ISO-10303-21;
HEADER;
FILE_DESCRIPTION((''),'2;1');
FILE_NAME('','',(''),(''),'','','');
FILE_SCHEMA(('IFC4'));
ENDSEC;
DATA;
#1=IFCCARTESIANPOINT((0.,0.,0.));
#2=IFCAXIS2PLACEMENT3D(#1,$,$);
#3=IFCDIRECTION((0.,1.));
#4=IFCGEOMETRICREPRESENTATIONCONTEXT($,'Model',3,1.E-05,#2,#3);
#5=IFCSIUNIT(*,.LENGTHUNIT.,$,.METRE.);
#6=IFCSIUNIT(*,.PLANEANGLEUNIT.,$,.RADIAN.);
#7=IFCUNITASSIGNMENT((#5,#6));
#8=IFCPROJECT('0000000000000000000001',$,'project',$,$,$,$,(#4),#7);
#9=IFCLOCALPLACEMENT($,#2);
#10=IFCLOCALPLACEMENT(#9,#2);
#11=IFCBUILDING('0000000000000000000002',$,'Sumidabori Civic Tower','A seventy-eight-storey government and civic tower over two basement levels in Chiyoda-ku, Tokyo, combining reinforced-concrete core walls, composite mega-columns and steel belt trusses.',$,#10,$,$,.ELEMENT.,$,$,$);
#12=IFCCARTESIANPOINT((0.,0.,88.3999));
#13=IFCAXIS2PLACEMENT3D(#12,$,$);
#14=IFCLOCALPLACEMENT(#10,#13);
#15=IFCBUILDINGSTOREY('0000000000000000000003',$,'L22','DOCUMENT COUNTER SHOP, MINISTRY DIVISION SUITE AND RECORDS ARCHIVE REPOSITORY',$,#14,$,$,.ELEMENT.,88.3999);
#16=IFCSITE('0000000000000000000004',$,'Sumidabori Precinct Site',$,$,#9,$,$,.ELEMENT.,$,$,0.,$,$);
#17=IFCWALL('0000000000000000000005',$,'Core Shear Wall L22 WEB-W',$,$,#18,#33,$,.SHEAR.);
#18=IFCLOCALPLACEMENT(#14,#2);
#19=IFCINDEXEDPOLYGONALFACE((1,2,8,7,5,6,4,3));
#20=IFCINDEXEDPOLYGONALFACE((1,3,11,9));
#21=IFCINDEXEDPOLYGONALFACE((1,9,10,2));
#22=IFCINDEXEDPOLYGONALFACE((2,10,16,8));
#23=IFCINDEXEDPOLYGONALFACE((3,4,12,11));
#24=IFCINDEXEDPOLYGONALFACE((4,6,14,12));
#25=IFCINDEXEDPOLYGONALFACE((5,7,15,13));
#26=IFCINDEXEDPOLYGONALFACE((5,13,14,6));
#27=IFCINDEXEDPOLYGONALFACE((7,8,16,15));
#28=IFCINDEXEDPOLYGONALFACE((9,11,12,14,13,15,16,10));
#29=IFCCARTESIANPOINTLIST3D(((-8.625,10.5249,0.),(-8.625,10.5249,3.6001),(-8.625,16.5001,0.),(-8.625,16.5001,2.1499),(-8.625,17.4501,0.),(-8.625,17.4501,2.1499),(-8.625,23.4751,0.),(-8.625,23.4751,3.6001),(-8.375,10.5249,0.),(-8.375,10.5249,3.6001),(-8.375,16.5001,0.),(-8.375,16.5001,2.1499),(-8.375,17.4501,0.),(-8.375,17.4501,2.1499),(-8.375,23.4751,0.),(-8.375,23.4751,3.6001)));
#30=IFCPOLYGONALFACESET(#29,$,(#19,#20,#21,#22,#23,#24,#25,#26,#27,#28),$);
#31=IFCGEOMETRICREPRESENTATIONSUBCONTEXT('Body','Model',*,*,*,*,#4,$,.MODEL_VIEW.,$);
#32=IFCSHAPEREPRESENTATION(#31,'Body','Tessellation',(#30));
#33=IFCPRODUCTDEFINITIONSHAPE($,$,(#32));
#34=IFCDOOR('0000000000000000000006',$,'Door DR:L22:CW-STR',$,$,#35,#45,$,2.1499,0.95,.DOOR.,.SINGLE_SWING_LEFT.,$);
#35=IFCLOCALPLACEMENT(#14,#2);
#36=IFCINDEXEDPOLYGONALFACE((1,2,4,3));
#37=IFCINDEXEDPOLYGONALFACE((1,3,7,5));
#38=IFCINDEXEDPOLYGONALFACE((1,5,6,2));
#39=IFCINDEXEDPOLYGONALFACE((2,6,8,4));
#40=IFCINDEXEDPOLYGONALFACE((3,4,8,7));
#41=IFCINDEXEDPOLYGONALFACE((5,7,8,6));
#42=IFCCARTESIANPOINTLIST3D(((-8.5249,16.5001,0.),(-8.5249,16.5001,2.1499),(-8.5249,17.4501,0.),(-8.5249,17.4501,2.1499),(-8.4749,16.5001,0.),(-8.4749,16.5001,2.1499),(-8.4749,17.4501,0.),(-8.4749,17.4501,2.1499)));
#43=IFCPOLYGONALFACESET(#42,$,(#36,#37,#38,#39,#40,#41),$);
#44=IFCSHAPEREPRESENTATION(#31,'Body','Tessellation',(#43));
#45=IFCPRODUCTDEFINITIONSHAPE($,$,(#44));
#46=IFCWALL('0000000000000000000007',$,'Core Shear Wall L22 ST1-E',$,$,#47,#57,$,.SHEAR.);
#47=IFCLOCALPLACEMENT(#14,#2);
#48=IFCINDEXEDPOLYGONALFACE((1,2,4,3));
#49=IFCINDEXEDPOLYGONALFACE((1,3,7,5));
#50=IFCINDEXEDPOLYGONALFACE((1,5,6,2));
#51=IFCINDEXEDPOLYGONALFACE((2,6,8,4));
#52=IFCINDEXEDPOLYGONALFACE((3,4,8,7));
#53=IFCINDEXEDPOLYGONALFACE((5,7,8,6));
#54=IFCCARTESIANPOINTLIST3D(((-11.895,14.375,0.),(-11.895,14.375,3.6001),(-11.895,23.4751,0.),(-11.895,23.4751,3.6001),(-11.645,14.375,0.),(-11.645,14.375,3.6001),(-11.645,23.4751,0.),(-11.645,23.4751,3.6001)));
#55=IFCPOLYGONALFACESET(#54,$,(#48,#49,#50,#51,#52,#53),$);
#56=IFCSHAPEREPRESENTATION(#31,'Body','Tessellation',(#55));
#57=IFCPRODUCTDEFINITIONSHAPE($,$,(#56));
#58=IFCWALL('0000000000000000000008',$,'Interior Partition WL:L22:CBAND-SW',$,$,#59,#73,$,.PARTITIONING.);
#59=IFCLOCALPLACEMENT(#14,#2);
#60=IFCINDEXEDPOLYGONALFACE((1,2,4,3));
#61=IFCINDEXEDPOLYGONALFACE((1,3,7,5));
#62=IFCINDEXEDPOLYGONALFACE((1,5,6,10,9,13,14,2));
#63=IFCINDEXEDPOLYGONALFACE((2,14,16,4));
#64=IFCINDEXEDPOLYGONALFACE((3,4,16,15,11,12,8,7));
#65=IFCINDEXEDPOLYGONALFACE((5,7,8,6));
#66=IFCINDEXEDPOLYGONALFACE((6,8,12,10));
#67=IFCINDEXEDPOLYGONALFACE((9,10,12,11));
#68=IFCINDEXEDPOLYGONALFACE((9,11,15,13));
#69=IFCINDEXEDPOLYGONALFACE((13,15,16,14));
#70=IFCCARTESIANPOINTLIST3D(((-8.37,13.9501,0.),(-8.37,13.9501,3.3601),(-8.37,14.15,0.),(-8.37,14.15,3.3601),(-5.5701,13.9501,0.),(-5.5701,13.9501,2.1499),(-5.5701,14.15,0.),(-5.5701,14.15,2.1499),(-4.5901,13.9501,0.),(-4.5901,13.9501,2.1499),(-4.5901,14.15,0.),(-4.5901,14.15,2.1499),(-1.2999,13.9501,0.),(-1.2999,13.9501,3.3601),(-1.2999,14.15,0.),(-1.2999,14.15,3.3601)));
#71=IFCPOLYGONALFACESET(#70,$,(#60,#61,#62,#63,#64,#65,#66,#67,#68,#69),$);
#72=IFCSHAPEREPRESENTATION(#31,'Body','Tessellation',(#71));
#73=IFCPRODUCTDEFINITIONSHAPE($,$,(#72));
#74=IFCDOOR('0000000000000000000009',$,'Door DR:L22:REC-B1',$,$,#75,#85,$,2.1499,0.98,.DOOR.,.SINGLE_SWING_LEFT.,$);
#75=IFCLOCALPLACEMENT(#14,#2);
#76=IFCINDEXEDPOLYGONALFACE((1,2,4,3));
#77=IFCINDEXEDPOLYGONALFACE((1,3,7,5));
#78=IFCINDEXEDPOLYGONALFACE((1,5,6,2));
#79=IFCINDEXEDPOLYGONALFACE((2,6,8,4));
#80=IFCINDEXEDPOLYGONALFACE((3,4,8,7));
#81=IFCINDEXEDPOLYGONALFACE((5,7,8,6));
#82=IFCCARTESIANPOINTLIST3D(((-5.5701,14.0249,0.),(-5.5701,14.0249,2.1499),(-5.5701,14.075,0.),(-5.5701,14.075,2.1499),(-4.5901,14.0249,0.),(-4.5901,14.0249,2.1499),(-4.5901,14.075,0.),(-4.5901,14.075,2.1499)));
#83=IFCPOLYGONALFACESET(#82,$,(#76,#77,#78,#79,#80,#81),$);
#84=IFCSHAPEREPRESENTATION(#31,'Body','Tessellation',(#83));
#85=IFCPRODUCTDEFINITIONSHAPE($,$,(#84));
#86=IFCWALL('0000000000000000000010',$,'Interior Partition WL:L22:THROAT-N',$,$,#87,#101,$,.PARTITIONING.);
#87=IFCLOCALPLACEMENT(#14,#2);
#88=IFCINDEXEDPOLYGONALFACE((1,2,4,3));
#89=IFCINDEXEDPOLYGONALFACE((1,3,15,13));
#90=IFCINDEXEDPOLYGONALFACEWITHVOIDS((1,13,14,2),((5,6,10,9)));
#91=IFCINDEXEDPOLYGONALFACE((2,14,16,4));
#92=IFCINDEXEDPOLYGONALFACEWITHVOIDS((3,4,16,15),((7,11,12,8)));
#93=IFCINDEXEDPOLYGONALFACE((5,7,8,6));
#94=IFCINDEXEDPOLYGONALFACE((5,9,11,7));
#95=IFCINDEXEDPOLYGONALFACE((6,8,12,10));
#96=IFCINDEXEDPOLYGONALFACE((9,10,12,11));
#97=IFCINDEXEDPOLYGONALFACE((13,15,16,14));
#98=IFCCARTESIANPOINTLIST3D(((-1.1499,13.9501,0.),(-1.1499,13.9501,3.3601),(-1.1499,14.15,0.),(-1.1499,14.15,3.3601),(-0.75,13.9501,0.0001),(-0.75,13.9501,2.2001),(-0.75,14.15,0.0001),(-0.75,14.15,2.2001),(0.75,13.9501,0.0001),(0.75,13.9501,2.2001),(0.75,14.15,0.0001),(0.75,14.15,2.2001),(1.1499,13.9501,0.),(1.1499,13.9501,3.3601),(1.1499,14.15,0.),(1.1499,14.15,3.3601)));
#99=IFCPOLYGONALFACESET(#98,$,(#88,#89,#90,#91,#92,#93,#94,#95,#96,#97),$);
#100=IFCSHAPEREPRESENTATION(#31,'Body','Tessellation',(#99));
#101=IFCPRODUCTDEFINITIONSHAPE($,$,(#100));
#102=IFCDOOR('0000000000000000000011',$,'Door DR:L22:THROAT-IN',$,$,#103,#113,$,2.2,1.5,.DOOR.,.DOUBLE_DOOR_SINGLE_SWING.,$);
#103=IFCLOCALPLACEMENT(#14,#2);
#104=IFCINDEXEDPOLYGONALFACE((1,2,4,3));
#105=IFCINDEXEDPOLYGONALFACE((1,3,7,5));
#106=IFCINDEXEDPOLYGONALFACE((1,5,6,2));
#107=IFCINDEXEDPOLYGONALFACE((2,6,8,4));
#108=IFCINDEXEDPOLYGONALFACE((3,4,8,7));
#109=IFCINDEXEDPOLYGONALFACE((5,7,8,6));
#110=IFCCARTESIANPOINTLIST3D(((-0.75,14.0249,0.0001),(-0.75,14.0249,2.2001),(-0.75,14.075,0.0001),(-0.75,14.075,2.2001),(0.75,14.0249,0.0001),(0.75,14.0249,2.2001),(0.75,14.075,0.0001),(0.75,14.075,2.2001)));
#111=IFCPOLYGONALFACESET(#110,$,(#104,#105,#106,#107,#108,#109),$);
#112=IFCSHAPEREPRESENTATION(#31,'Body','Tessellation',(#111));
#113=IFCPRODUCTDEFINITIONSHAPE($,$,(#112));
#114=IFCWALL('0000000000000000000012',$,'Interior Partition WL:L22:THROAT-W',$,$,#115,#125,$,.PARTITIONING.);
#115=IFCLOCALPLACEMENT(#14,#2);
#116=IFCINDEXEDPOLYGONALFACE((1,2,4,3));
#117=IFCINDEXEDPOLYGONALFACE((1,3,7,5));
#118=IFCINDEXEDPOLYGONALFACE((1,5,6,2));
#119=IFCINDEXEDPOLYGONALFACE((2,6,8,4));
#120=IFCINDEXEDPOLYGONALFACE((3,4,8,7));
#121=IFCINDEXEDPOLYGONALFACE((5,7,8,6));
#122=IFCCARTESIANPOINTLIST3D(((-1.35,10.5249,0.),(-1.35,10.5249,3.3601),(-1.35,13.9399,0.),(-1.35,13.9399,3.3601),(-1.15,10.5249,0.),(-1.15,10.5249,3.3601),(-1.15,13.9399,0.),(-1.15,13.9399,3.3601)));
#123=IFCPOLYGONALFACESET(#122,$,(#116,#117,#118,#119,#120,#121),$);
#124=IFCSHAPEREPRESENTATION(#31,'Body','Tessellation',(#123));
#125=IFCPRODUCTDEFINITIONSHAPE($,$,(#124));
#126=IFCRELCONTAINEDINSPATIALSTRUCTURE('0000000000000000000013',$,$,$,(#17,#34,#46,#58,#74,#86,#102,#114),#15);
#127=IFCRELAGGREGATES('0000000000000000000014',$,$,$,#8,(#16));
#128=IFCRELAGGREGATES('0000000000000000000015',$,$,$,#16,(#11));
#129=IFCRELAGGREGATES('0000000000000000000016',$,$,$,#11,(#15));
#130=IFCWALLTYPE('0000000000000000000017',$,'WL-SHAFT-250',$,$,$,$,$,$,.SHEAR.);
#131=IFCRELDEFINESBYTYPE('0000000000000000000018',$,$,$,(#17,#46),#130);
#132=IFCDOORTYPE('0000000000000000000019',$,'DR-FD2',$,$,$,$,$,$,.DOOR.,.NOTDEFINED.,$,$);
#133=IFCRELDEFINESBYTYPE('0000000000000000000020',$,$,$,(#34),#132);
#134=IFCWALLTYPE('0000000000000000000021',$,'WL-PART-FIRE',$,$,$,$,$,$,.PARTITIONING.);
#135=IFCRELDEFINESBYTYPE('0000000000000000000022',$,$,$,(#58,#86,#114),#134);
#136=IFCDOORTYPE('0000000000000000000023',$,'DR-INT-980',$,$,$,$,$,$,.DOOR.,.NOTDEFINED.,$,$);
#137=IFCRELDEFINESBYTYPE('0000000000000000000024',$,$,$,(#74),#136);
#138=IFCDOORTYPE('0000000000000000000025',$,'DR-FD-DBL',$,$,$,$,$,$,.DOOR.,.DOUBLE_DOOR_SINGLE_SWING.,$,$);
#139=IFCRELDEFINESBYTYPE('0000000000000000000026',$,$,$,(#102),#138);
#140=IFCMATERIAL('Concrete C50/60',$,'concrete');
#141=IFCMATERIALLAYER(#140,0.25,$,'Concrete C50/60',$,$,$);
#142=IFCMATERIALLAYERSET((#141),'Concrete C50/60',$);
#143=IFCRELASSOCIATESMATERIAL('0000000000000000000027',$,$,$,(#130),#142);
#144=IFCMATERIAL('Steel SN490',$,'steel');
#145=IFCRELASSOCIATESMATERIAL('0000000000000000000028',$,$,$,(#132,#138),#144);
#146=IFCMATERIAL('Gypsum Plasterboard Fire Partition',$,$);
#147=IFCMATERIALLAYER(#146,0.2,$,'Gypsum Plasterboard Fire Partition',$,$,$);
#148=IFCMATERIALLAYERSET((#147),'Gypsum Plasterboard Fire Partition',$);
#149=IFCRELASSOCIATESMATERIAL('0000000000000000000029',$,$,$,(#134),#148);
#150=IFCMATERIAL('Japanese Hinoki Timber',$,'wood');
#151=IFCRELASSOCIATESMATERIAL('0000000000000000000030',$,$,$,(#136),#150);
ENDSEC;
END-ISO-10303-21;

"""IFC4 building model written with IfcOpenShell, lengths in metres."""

from ifc_helpers import new_model, si_unit, direction, frame, frame_2d, origin, place, context, subcontext, project, spatial, rectangle, extrude, source, transform, mapped, material, layer, layer_set, type_object, element, fill, save


model = new_model("IFC4")

# Units and contexts
model_context = context("Model", 3, precision=1e-05, world=origin(), true_north=direction((0.0, 1.0)))
body_context = subcontext(model_context, "Body", "Model", "MODEL_VIEW")
ifc_project = project(units=[si_unit("LENGTHUNIT", "METRE"), si_unit("PLANEANGLEUNIT", "RADIAN")], contexts=[model_context])

# Site, building, storey
site_placement = place(None, origin())
site = spatial("IfcSite", under=ifc_project, at=site_placement, Name="Sumidabori Precinct Site", CompositionType="ELEMENT", RefElevation=0.0)
building_placement = place(site_placement, origin())
building = spatial("IfcBuilding", under=site, at=building_placement, Name="Sumidabori Civic Tower", Description="A seventy-eight-storey government and civic tower over two basement levels in Chiyoda-ku, Tokyo, combining reinforced-concrete core walls, composite mega-columns and steel belt trusses.", CompositionType="ELEMENT")
storey_placement = place(building_placement, frame((0.0, 0.0, 88.3999)))
storey = spatial("IfcBuildingStorey", under=building, at=storey_placement, Name="L22", Description="DOCUMENT COUNTER SHOP, MINISTRY DIVISION SUITE AND RECORDS ARCHIVE REPOSITORY", CompositionType="ELEMENT", Elevation=88.3999)

# Shared definitions
ifc_material_1 = material(Name="Concrete C50/60", Category="concrete")

# Shared definitions
ifc_material_2 = material(Name="Steel SN490", Category="steel")

# Wall, opening, door
ifc_layer_1 = layer(ifc_material_1, 0.25, Name="Concrete C50/60")
ifc_layer_set_1 = layer_set([ifc_layer_1], Name="Concrete C50/60")
wall_type_1 = type_object("IfcWallType", Name="WL-SHAFT-250", PredefinedType="SHEAR", material=ifc_layer_set_1)
shared_shape_1 = source(origin(), body_context, "Body", "SweptSolid", [
    extrude(rectangle(XDim=12.9502, YDim=0.25, at=frame_2d((6.4751, 0.0))), origin(), (0.0, 0.0, 1.0), 3.6001),
])
wall_1_placement = place(storey_placement, frame((-8.5, 10.5249, 0.0), z_axis=(0.0, 0.0, 1.0), x_axis=(0.0, 1.0, 0.0)))
wall_1 = element("IfcWall", 1, at=wall_1_placement, inside=storey, type_object=wall_type_1, Name="Core Shear Wall L22 WEB-W", PredefinedType="SHEAR", context=body_context, shape_type="MappedRepresentation", body=[
    mapped(shared_shape_1, transform((0.0, 0.0, 0.0), x_axis=(1.0, 0.0, 0.0), y_axis=(0.0, 1.0, 0.0), z_axis=(0.0, 0.0, 1.0), scale=1.0)),
])
opening_1_placement = place(wall_1_placement, frame((5.9751, 0.0, 0.0)))
opening_1 = element("IfcOpeningElement", 2, at=opening_1_placement, cuts=wall_1, PredefinedType="OPENING", context=body_context, shape_type="SweptSolid", body=[
    extrude(rectangle(XDim=0.95, YDim=2.1499, at=frame_2d((0.4751, 1.075))), frame((0.0, 0.137, 0.0), z_axis=(0.0, -1.0, 0.0), x_axis=(1.0, 0.0, 0.0)), (0.0, 0.0, 1.0), 0.2739),
])
door_type_1 = type_object("IfcDoorType", Name="DR-FD2", OperationType="NOTDEFINED", PredefinedType="DOOR", material=ifc_material_2)
shared_shape_2 = source(origin(), body_context, "Body", "SweptSolid", [
    extrude(rectangle(XDim=0.95, YDim=2.1499, at=frame_2d((0.4751, 1.075))), frame((0.0, 0.0249, 0.0), z_axis=(0.0, -1.0, 0.0), x_axis=(1.0, 0.0, 0.0)), (0.0, 0.0, 1.0), 0.05),
])
door_1_placement = place(opening_1_placement, origin())
door_1 = element("IfcDoor", 3, at=door_1_placement, inside=storey, type_object=door_type_1, Name="Door DR:L22:CW-STR", OperationType="SINGLE_SWING_LEFT", OverallHeight=2.1499, OverallWidth=0.95, PredefinedType="DOOR", context=body_context, shape_type="MappedRepresentation", body=[
    mapped(shared_shape_2, transform((0.0, 0.0, 0.0), x_axis=(1.0, 0.0, 0.0), y_axis=(0.0, 1.0, 0.0), z_axis=(0.0, 0.0, 1.0), scale=1.0)),
])
fill(opening_1, door_1)

# Wall
shared_shape_3 = source(origin(), body_context, "Body", "SweptSolid", [
    extrude(rectangle(XDim=9.1001, YDim=0.25, at=frame_2d((4.55, 0.0))), origin(), (0.0, 0.0, 1.0), 3.6001),
])
wall_2_placement = place(storey_placement, frame((-11.77, 14.375, 0.0), z_axis=(0.0, 0.0, 1.0), x_axis=(0.0, 1.0, 0.0)))
element("IfcWall", 4, at=wall_2_placement, inside=storey, type_object=wall_type_1, Name="Core Shear Wall L22 ST1-E", PredefinedType="SHEAR", context=body_context, shape_type="MappedRepresentation", body=[
    mapped(shared_shape_3, transform((0.0, 0.0, 0.0), x_axis=(1.0, 0.0, 0.0), y_axis=(0.0, 1.0, 0.0), z_axis=(0.0, 0.0, 1.0), scale=1.0)),
])

# Walls, openings, doors
ifc_material_3 = material(Name="Gypsum Plasterboard Fire Partition")
ifc_layer_2 = layer(ifc_material_3, 0.2, Name="Gypsum Plasterboard Fire Partition")
ifc_layer_set_2 = layer_set([ifc_layer_2], Name="Gypsum Plasterboard Fire Partition")
wall_type_2 = type_object("IfcWallType", Name="WL-PART-FIRE", PredefinedType="PARTITIONING", material=ifc_layer_set_2)
shared_shape_4 = source(origin(), body_context, "Body", "SweptSolid", [
    extrude(rectangle(XDim=7.0701, YDim=0.2, at=frame_2d((3.5352, 0.0))), origin(), (0.0, 0.0, 1.0), 3.3601),
])
wall_3_placement = place(storey_placement, frame((-8.3701, 14.05, 0.0), z_axis=(0.0, 0.0, 1.0), x_axis=(1.0, 0.0, 0.0)))
wall_3 = element("IfcWall", 5, at=wall_3_placement, inside=storey, type_object=wall_type_2, Name="Interior Partition WL:L22:CBAND-SW", PredefinedType="PARTITIONING", context=body_context, shape_type="MappedRepresentation", body=[
    mapped(shared_shape_4, transform((0.0, 0.0, 0.0), x_axis=(1.0, 0.0, 0.0), y_axis=(0.0, 1.0, 0.0), z_axis=(0.0, 0.0, 1.0), scale=1.0)),
])
opening_2_placement = place(wall_3_placement, frame((2.8, 0.0, 0.0)))
opening_2 = element("IfcOpeningElement", 6, at=opening_2_placement, cuts=wall_3, PredefinedType="OPENING", context=body_context, shape_type="SweptSolid", body=[
    extrude(rectangle(XDim=0.98, YDim=2.1499, at=frame_2d((0.49, 1.075))), frame((0.0, 0.1118, 0.0), z_axis=(0.0, -1.0, 0.0), x_axis=(1.0, 0.0, 0.0)), (0.0, 0.0, 1.0), 0.2239),
])
ifc_material_4 = material(Name="Japanese Hinoki Timber", Category="wood")
door_type_2 = type_object("IfcDoorType", Name="DR-INT-980", OperationType="NOTDEFINED", PredefinedType="DOOR", material=ifc_material_4)
shared_shape_5 = source(origin(), body_context, "Body", "SweptSolid", [
    extrude(rectangle(XDim=0.98, YDim=2.1499, at=frame_2d((0.49, 1.075))), frame((0.0, 0.0249, 0.0), z_axis=(0.0, -1.0, 0.0), x_axis=(1.0, 0.0, 0.0)), (0.0, 0.0, 1.0), 0.05),
])
door_2_placement = place(opening_2_placement, origin())
door_2 = element("IfcDoor", 7, at=door_2_placement, inside=storey, type_object=door_type_2, Name="Door DR:L22:REC-B1", OperationType="SINGLE_SWING_LEFT", OverallHeight=2.1499, OverallWidth=0.98, PredefinedType="DOOR", context=body_context, shape_type="MappedRepresentation", body=[
    mapped(shared_shape_5, transform((0.0, 0.0, 0.0), x_axis=(1.0, 0.0, 0.0), y_axis=(0.0, 1.0, 0.0), z_axis=(0.0, 0.0, 1.0), scale=1.0)),
])
fill(opening_2, door_2)
shared_shape_6 = source(origin(), body_context, "Body", "SweptSolid", [
    extrude(rectangle(XDim=2.2998, YDim=0.2, at=frame_2d((1.1499, 0.0))), origin(), (0.0, 0.0, 1.0), 3.3601),
])
wall_4_placement = place(storey_placement, frame((-1.1499, 14.05, 0.0), z_axis=(0.0, 0.0, 1.0), x_axis=(1.0, 0.0, 0.0)))
wall_4 = element("IfcWall", 8, at=wall_4_placement, inside=storey, type_object=wall_type_2, Name="Interior Partition WL:L22:THROAT-N", PredefinedType="PARTITIONING", context=body_context, shape_type="MappedRepresentation", body=[
    mapped(shared_shape_6, transform((0.0, 0.0, 0.0), x_axis=(1.0, 0.0, 0.0), y_axis=(0.0, 1.0, 0.0), z_axis=(0.0, 0.0, 1.0), scale=1.0)),
])
opening_3_placement = place(wall_4_placement, frame((0.3999, 0.0, 0.0)))
opening_3 = element("IfcOpeningElement", 9, at=opening_3_placement, cuts=wall_4, PredefinedType="OPENING", context=body_context, shape_type="SweptSolid", body=[
    extrude(rectangle(XDim=1.5, YDim=2.2, at=frame_2d((0.75, 1.1001))), frame((0.0, 0.1118, 0.0), z_axis=(0.0, -1.0, 0.0), x_axis=(1.0, 0.0, 0.0)), (0.0, 0.0, 1.0), 0.2239),
])
door_type_3 = type_object("IfcDoorType", Name="DR-FD-DBL", OperationType="DOUBLE_DOOR_SINGLE_SWING", PredefinedType="DOOR", material=ifc_material_2)
shared_shape_7 = source(origin(), body_context, "Body", "SweptSolid", [
    extrude(rectangle(XDim=1.5, YDim=2.2, at=frame_2d((0.75, 1.1001))), frame((0.0, 0.0249, 0.0), z_axis=(0.0, -1.0, 0.0), x_axis=(1.0, 0.0, 0.0)), (0.0, 0.0, 1.0), 0.05),
])
door_3_placement = place(opening_3_placement, origin())
door_3 = element("IfcDoor", 10, at=door_3_placement, inside=storey, type_object=door_type_3, Name="Door DR:L22:THROAT-IN", OperationType="DOUBLE_DOOR_SINGLE_SWING", OverallHeight=2.2, OverallWidth=1.5, PredefinedType="DOOR", context=body_context, shape_type="MappedRepresentation", body=[
    mapped(shared_shape_7, transform((0.0, 0.0, 0.0), x_axis=(1.0, 0.0, 0.0), y_axis=(0.0, 1.0, 0.0), z_axis=(0.0, 0.0, 1.0), scale=1.0)),
])
fill(opening_3, door_3)

# Wall
shared_shape_8 = source(origin(), body_context, "Body", "SweptSolid", [
    extrude(rectangle(XDim=3.415, YDim=0.2, at=frame_2d((1.7075, 0.0))), origin(), (0.0, 0.0, 1.0), 3.3601),
])
wall_5_placement = place(storey_placement, frame((-1.25, 10.5249, 0.0), z_axis=(0.0, 0.0, 1.0), x_axis=(0.0, 1.0, 0.0)))
element("IfcWall", 11, at=wall_5_placement, inside=storey, type_object=wall_type_2, Name="Interior Partition WL:L22:THROAT-W", PredefinedType="PARTITIONING", context=body_context, shape_type="MappedRepresentation", body=[
    mapped(shared_shape_8, transform((0.0, 0.0, 0.0), x_axis=(1.0, 0.0, 0.0), y_axis=(0.0, 1.0, 0.0), z_axis=(0.0, 0.0, 1.0), scale=1.0)),
])

save(model, "model.ifc")
